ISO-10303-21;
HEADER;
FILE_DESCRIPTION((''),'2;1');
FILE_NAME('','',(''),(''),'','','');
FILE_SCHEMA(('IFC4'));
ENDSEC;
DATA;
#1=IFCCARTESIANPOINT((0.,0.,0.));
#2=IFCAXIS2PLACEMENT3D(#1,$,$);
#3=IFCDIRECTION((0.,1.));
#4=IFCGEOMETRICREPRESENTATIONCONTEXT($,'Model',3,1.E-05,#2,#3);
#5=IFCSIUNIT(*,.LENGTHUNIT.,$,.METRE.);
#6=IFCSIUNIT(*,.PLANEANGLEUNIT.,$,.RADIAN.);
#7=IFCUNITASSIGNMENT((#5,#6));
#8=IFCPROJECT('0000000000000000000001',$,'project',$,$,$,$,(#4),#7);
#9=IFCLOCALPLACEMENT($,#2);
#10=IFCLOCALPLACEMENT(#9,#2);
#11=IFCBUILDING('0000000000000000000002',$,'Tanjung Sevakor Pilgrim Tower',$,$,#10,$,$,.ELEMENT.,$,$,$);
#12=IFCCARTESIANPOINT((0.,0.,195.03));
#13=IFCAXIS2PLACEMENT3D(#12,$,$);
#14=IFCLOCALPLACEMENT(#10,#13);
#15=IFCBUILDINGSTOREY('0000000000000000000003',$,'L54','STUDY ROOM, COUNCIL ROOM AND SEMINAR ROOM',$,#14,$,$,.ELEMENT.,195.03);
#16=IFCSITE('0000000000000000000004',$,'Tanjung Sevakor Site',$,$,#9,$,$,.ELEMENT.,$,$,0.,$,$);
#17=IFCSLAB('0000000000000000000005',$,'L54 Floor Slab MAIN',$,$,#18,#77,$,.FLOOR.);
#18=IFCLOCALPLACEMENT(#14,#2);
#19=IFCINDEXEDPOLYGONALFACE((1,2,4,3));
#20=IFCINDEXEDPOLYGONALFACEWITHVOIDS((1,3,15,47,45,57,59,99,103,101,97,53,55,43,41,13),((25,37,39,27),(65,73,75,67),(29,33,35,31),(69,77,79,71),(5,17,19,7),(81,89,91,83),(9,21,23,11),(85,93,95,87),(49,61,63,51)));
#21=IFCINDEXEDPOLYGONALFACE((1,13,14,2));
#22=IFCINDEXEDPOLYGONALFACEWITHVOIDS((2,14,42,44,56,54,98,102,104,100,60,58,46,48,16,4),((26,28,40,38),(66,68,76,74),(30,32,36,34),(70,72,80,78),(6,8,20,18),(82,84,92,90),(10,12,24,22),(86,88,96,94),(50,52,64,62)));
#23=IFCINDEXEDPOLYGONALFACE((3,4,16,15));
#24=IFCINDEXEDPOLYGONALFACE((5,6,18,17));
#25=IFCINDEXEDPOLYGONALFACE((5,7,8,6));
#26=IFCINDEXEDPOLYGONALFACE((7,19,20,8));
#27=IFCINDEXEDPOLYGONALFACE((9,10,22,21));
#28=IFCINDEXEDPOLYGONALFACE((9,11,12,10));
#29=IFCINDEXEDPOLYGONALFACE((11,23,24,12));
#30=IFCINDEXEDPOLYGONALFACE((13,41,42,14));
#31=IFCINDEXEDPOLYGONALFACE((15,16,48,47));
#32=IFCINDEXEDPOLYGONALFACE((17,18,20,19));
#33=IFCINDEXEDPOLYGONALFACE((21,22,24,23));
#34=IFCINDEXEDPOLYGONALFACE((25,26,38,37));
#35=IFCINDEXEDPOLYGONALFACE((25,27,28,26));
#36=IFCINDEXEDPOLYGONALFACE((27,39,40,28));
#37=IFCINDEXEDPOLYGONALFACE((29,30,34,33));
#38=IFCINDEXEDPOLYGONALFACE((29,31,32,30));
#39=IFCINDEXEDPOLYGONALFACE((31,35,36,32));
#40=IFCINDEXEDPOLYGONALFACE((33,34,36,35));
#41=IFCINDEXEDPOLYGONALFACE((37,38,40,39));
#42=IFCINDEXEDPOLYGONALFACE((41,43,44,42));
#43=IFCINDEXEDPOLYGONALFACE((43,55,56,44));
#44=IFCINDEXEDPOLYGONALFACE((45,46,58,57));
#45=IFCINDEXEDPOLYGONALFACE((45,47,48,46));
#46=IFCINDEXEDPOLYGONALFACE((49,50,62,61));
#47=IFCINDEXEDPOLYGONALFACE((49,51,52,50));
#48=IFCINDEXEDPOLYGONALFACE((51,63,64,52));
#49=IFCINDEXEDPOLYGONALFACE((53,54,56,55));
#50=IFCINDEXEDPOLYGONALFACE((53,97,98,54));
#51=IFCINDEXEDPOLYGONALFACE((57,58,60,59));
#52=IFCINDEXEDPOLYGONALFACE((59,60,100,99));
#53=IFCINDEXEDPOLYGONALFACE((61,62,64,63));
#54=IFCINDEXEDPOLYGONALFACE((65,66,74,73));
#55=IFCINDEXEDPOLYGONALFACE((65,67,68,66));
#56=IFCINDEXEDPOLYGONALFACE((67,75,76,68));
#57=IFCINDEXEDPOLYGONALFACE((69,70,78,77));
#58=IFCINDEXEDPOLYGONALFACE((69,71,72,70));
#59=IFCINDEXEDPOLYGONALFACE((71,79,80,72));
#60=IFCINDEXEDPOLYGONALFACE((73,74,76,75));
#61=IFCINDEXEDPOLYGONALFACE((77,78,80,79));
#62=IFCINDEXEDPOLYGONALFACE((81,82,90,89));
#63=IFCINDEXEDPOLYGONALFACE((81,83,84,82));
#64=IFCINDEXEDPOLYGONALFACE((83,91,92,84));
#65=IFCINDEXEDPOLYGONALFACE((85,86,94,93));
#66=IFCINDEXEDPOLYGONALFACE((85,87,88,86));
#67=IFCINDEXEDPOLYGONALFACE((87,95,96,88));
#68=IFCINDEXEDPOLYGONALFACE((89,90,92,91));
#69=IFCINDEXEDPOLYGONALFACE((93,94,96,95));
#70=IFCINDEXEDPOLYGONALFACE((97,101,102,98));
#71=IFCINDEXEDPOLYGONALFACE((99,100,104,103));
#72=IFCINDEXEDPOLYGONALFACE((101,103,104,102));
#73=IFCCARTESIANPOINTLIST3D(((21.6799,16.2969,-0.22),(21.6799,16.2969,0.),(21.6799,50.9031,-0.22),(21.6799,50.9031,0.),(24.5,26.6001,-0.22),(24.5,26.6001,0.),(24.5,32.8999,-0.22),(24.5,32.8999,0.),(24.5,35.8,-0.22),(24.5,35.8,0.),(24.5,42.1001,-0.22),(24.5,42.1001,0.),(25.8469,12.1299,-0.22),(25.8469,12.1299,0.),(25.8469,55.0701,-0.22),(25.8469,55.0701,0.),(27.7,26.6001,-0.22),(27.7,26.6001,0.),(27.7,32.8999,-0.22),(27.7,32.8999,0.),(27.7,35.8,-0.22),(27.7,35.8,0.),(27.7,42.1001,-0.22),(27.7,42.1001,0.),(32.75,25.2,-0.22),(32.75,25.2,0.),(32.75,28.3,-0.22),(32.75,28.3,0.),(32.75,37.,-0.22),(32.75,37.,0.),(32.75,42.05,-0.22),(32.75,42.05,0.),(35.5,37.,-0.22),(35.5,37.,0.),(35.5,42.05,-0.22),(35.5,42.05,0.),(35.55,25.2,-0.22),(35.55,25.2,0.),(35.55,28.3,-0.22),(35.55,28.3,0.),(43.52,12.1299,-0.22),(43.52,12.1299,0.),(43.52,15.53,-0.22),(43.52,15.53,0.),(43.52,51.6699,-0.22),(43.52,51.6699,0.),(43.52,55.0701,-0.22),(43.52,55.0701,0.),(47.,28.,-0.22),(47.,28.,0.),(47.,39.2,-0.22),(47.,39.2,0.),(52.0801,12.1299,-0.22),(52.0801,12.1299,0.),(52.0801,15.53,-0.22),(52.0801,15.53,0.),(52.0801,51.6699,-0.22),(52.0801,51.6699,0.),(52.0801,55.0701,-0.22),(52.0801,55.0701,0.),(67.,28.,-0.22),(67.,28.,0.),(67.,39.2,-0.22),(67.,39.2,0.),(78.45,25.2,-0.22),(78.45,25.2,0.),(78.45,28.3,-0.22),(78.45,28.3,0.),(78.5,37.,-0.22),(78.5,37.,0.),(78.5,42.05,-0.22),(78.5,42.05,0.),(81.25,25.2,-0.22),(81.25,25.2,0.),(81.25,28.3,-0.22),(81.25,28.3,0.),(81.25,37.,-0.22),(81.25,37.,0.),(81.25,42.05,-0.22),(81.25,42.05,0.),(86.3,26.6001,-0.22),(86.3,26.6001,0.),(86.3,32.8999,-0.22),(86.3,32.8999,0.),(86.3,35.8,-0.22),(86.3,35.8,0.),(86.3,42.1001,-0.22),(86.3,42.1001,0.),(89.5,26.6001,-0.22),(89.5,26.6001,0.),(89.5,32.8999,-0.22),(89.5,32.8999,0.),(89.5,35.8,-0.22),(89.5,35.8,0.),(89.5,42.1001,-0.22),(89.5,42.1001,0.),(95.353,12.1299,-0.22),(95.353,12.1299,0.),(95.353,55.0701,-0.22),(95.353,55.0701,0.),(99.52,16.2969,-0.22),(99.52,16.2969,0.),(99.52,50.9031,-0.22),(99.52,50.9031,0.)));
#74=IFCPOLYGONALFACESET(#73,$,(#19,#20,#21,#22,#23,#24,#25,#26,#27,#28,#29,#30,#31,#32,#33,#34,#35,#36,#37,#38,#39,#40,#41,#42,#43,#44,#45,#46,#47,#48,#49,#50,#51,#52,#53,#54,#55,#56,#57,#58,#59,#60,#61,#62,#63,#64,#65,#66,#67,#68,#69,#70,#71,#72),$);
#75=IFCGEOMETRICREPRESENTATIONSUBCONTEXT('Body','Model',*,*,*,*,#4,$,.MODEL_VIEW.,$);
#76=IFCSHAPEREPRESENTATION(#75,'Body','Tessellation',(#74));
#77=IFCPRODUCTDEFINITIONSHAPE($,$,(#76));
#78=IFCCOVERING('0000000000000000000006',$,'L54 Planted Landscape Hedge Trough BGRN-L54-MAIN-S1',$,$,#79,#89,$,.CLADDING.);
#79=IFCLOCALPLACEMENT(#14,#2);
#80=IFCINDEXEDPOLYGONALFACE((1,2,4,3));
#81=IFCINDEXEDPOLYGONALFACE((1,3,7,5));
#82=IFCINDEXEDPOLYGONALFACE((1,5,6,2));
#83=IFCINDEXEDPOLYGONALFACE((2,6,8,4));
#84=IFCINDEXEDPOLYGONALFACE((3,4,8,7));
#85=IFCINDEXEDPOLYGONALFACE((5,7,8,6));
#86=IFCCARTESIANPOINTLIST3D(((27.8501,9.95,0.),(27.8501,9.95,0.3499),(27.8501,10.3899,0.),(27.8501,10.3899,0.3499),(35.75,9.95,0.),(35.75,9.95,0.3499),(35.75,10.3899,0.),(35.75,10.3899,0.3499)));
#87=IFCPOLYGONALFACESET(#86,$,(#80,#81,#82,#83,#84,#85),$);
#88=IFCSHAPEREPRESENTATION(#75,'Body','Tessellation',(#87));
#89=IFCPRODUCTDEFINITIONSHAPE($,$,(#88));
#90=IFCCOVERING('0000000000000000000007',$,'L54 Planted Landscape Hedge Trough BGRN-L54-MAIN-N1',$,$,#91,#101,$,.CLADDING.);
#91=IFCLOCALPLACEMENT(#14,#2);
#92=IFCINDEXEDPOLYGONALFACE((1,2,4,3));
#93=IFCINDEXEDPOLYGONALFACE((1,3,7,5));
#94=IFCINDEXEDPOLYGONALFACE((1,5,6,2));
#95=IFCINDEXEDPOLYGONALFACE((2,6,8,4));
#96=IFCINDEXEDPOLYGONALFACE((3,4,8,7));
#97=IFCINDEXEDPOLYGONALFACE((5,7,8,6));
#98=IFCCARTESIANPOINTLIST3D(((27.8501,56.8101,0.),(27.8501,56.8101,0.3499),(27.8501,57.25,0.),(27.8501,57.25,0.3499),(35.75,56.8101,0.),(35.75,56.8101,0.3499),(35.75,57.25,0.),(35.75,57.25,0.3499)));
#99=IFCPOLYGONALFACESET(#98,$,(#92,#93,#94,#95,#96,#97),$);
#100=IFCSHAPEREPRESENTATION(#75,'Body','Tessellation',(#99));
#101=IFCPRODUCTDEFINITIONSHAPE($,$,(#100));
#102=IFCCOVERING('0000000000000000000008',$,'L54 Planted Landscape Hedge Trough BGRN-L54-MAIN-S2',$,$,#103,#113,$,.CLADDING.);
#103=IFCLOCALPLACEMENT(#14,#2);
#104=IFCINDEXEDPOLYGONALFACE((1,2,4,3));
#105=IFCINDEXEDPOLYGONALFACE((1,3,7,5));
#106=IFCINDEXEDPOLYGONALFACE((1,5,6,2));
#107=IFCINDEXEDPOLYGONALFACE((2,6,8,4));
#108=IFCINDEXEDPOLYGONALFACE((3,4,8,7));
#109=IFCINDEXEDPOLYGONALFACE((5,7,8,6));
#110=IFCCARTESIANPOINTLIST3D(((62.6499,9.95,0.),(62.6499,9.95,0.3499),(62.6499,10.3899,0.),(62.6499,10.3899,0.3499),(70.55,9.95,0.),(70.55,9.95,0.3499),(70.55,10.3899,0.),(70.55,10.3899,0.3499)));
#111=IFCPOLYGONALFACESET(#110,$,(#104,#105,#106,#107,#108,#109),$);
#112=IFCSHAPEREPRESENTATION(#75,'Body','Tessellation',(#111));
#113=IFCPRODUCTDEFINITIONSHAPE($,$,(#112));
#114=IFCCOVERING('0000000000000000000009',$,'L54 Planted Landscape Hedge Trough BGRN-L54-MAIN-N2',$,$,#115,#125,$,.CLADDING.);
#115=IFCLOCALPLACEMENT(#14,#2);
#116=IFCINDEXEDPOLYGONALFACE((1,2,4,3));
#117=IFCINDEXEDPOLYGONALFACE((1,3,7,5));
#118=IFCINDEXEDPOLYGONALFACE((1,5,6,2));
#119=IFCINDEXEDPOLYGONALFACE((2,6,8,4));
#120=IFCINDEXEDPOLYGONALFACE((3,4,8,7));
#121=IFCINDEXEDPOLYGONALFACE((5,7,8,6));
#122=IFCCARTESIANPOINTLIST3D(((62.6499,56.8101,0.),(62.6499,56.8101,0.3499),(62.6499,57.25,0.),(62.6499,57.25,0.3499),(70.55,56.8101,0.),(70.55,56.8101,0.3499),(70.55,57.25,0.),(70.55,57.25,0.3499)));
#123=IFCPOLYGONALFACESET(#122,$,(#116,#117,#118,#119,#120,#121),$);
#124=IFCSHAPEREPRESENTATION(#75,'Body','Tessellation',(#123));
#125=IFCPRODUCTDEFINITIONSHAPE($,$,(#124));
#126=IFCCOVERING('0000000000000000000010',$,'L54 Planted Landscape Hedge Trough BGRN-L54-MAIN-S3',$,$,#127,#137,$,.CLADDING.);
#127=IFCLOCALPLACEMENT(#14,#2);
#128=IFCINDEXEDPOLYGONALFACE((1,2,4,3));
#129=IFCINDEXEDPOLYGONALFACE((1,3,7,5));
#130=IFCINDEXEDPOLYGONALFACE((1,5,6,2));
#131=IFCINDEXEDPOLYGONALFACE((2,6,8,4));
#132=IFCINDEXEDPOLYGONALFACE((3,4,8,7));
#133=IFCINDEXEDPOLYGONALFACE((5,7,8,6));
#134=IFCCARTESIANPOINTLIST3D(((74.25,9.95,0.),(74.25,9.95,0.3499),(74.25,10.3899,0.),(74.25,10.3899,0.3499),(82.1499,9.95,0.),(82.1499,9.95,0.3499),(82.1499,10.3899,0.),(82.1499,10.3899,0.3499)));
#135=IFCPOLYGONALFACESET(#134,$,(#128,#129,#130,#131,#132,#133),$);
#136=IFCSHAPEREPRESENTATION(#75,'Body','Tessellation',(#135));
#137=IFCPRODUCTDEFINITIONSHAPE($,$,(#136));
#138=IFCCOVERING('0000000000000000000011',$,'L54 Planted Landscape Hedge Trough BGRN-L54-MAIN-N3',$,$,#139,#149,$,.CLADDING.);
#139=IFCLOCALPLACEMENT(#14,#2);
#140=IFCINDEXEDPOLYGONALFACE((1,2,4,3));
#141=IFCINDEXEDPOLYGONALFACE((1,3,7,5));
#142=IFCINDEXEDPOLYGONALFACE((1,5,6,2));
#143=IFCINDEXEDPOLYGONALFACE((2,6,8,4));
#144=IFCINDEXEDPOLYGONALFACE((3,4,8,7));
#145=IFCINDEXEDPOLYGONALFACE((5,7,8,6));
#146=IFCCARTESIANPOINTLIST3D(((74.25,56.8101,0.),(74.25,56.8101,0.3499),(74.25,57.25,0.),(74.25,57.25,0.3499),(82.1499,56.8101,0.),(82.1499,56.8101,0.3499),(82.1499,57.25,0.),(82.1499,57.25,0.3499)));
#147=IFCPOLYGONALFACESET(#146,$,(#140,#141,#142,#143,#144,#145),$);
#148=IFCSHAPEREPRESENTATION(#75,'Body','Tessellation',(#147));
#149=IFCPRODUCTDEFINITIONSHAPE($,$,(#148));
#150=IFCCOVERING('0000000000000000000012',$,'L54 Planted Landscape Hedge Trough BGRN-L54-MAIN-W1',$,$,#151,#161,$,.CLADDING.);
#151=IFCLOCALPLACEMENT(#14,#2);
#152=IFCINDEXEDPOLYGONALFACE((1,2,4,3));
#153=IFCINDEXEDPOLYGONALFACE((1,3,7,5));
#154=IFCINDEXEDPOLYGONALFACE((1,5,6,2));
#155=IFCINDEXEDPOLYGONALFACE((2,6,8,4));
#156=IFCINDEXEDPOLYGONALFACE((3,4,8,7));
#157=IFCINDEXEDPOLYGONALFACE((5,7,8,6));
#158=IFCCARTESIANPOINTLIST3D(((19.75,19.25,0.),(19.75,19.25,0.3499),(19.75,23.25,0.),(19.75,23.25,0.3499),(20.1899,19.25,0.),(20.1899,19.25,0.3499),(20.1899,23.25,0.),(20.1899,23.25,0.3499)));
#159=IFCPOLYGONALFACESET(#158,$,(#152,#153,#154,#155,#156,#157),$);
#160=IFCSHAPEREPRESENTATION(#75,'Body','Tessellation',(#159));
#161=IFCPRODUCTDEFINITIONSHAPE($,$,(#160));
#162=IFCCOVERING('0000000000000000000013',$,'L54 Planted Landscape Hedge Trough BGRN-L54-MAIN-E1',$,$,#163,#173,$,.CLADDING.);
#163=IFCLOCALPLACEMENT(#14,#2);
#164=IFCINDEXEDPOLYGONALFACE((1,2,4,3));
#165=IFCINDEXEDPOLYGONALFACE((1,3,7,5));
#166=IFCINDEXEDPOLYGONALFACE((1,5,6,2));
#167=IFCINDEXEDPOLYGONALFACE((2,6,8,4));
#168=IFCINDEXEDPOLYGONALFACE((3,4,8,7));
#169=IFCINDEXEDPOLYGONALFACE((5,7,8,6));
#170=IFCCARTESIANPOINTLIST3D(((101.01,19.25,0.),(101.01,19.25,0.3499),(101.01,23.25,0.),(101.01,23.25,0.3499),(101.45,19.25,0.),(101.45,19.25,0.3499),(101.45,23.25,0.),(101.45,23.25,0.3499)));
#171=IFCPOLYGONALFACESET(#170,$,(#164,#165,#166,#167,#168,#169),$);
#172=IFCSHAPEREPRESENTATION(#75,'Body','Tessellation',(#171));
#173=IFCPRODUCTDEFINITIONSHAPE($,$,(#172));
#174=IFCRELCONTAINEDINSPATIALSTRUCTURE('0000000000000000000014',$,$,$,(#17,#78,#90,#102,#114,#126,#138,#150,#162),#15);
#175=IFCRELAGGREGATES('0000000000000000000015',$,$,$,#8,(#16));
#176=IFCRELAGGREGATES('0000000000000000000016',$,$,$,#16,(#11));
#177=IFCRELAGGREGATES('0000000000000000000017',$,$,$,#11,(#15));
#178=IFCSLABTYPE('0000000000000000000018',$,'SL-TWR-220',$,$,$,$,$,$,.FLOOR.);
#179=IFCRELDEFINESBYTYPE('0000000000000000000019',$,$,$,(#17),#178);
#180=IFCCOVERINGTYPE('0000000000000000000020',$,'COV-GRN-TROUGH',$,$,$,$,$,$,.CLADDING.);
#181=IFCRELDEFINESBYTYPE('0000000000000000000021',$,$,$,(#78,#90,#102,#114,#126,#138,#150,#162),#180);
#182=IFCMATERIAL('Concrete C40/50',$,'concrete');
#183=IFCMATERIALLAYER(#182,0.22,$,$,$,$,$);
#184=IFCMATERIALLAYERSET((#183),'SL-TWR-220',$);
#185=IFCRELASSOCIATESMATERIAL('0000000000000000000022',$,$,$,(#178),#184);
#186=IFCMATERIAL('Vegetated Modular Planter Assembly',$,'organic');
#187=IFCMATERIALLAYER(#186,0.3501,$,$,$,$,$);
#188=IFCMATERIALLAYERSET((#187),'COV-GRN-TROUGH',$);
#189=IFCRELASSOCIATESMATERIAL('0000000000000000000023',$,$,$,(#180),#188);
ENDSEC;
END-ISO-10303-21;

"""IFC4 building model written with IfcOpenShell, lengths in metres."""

from ifc_helpers import new_model, si_unit, direction, frame, origin, place, context, subcontext, project, spatial, polyline, outline, extrude, material, layer, layer_set, type_object, element, save


model = new_model("IFC4")

# Units and contexts
model_context = context("Model", 3, precision=1e-05, world=origin(), true_north=direction((0.0, 1.0)))
body_context = subcontext(model_context, "Body", "Model", "MODEL_VIEW")
ifc_project = project(units=[si_unit("LENGTHUNIT", "METRE"), si_unit("PLANEANGLEUNIT", "RADIAN")], contexts=[model_context])

# Site, building, storey
site_placement = place(None, origin())
site = spatial("IfcSite", under=ifc_project, at=site_placement, Name="Tanjung Sevakor Site", CompositionType="ELEMENT", RefElevation=0.0)
building_placement = place(site_placement, origin())
building = spatial("IfcBuilding", under=site, at=building_placement, Name="Tanjung Sevakor Pilgrim Tower", CompositionType="ELEMENT")
storey_placement = place(building_placement, frame((0.0, 0.0, 195.03)))
storey = spatial("IfcBuildingStorey", under=building, at=storey_placement, Name="L54", Description="STUDY ROOM, COUNCIL ROOM AND SEMINAR ROOM", CompositionType="ELEMENT", Elevation=195.03)

# Slab
ifc_material_1 = material(Name="Concrete C40/50", Category="concrete")
ifc_layer_1 = layer(ifc_material_1, 0.22)
ifc_layer_set_1 = layer_set([ifc_layer_1], Name="SL-TWR-220")
slab_type_1 = type_object("IfcSlabType", Name="SL-TWR-220", PredefinedType="FLOOR", material=ifc_layer_set_1)
slab_1_placement = place(storey_placement, frame((0.0, 0.0, -0.22)))
element("IfcSlab", 1, at=slab_1_placement, inside=storey, type_object=slab_type_1, Name="L54 Floor Slab MAIN", PredefinedType="FLOOR", context=body_context, shape_type="SweptSolid", body=[
    extrude(outline(polyline([(25.8469, 12.1299), (43.52, 12.1299), (43.52, 15.53), (52.0801, 15.53), (52.0801, 12.1299), (95.353, 12.1299), (99.52, 16.2969), (99.52, 50.9031), (95.353, 55.0701), (52.0801, 55.0701), (52.0801, 51.6699), (43.52, 51.6699), (43.52, 55.0701), (25.8469, 55.0701), (21.6799, 50.9031), (21.6799, 16.2969), (25.8469, 12.1299)]), holes=[polyline([(27.7, 26.6001), (27.7, 32.8999), (24.5, 32.8999), (24.5, 26.6001), (27.7, 26.6001)]), polyline([(27.7, 35.8), (27.7, 42.1001), (24.5, 42.1001), (24.5, 35.8), (27.7, 35.8)]), polyline([(89.5, 26.6001), (89.5, 32.8999), (86.3, 32.8999), (86.3, 26.6001), (89.5, 26.6001)]), polyline([(89.5, 35.8), (89.5, 42.1001), (86.3, 42.1001), (86.3, 35.8), (89.5, 35.8)]), polyline([(32.75, 25.2), (35.55, 25.2), (35.55, 28.3), (32.75, 28.3), (32.75, 25.2)]), polyline([(32.75, 37.0), (35.5, 37.0), (35.5, 42.05), (32.75, 42.05), (32.75, 37.0)]), polyline([(78.45, 25.2), (81.25, 25.2), (81.25, 28.3), (78.45, 28.3), (78.45, 25.2)]), polyline([(78.5, 37.0), (81.25, 37.0), (81.25, 42.05), (78.5, 42.05), (78.5, 37.0)]), polyline([(47.0, 28.0), (67.0, 28.0), (67.0, 39.2), (47.0, 39.2), (47.0, 28.0)])]), origin(), (0.0, 0.0, 1.0), 0.22),
])

# Coverings
ifc_material_2 = material(Name="Vegetated Modular Planter Assembly", Category="organic")
ifc_layer_2 = layer(ifc_material_2, 0.3501)
ifc_layer_set_2 = layer_set([ifc_layer_2], Name="COV-GRN-TROUGH")
covering_type = type_object("IfcCoveringType", Name="COV-GRN-TROUGH", PredefinedType="CLADDING", material=ifc_layer_set_2)
covering_1_placement = place(storey_placement, origin())
element("IfcCovering", 2, at=covering_1_placement, inside=storey, type_object=covering_type, Name="L54 Planted Landscape Hedge Trough BGRN-L54-MAIN-S1", PredefinedType="CLADDING", context=body_context, shape_type="SweptSolid", body=[
    extrude(outline(polyline([(27.8501, 9.95), (35.75, 9.95), (35.75, 10.3899), (27.8501, 10.3899), (27.8501, 9.95)])), origin(), (0.0, 0.0, 1.0), 0.3499),
])
covering_2_placement = place(storey_placement, origin())
element("IfcCovering", 3, at=covering_2_placement, inside=storey, type_object=covering_type, Name="L54 Planted Landscape Hedge Trough BGRN-L54-MAIN-N1", PredefinedType="CLADDING", context=body_context, shape_type="SweptSolid", body=[
    extrude(outline(polyline([(27.8501, 56.8101), (35.75, 56.8101), (35.75, 57.25), (27.8501, 57.25), (27.8501, 56.8101)])), origin(), (0.0, 0.0, 1.0), 0.3499),
])
covering_3_placement = place(storey_placement, origin())
element("IfcCovering", 4, at=covering_3_placement, inside=storey, type_object=covering_type, Name="L54 Planted Landscape Hedge Trough BGRN-L54-MAIN-S2", PredefinedType="CLADDING", context=body_context, shape_type="SweptSolid", body=[
    extrude(outline(polyline([(62.6499, 9.95), (70.55, 9.95), (70.55, 10.3899), (62.6499, 10.3899), (62.6499, 9.95)])), origin(), (0.0, 0.0, 1.0), 0.3499),
])
covering_4_placement = place(storey_placement, origin())
element("IfcCovering", 5, at=covering_4_placement, inside=storey, type_object=covering_type, Name="L54 Planted Landscape Hedge Trough BGRN-L54-MAIN-N2", PredefinedType="CLADDING", context=body_context, shape_type="SweptSolid", body=[
    extrude(outline(polyline([(62.6499, 56.8101), (70.55, 56.8101), (70.55, 57.25), (62.6499, 57.25), (62.6499, 56.8101)])), origin(), (0.0, 0.0, 1.0), 0.3499),
])
covering_5_placement = place(storey_placement, origin())
element("IfcCovering", 6, at=covering_5_placement, inside=storey, type_object=covering_type, Name="L54 Planted Landscape Hedge Trough BGRN-L54-MAIN-S3", PredefinedType="CLADDING", context=body_context, shape_type="SweptSolid", body=[
    extrude(outline(polyline([(74.25, 9.95), (82.1499, 9.95), (82.1499, 10.3899), (74.25, 10.3899), (74.25, 9.95)])), origin(), (0.0, 0.0, 1.0), 0.3499),
])
covering_6_placement = place(storey_placement, origin())
element("IfcCovering", 7, at=covering_6_placement, inside=storey, type_object=covering_type, Name="L54 Planted Landscape Hedge Trough BGRN-L54-MAIN-N3", PredefinedType="CLADDING", context=body_context, shape_type="SweptSolid", body=[
    extrude(outline(polyline([(74.25, 56.8101), (82.1499, 56.8101), (82.1499, 57.25), (74.25, 57.25), (74.25, 56.8101)])), origin(), (0.0, 0.0, 1.0), 0.3499),
])
covering_7_placement = place(storey_placement, origin())
element("IfcCovering", 8, at=covering_7_placement, inside=storey, type_object=covering_type, Name="L54 Planted Landscape Hedge Trough BGRN-L54-MAIN-W1", PredefinedType="CLADDING", context=body_context, shape_type="SweptSolid", body=[
    extrude(outline(polyline([(20.1899, 19.25), (20.1899, 23.25), (19.75, 23.25), (19.75, 19.25), (20.1899, 19.25)])), origin(), (0.0, 0.0, 1.0), 0.3499),
])
covering_8_placement = place(storey_placement, origin())
element("IfcCovering", 9, at=covering_8_placement, inside=storey, type_object=covering_type, Name="L54 Planted Landscape Hedge Trough BGRN-L54-MAIN-E1", PredefinedType="CLADDING", context=body_context, shape_type="SweptSolid", body=[
    extrude(outline(polyline([(101.45, 19.25), (101.45, 23.25), (101.01, 23.25), (101.01, 19.25), (101.45, 19.25)])), origin(), (0.0, 0.0, 1.0), 0.3499),
])

save(model, "model.ifc")
